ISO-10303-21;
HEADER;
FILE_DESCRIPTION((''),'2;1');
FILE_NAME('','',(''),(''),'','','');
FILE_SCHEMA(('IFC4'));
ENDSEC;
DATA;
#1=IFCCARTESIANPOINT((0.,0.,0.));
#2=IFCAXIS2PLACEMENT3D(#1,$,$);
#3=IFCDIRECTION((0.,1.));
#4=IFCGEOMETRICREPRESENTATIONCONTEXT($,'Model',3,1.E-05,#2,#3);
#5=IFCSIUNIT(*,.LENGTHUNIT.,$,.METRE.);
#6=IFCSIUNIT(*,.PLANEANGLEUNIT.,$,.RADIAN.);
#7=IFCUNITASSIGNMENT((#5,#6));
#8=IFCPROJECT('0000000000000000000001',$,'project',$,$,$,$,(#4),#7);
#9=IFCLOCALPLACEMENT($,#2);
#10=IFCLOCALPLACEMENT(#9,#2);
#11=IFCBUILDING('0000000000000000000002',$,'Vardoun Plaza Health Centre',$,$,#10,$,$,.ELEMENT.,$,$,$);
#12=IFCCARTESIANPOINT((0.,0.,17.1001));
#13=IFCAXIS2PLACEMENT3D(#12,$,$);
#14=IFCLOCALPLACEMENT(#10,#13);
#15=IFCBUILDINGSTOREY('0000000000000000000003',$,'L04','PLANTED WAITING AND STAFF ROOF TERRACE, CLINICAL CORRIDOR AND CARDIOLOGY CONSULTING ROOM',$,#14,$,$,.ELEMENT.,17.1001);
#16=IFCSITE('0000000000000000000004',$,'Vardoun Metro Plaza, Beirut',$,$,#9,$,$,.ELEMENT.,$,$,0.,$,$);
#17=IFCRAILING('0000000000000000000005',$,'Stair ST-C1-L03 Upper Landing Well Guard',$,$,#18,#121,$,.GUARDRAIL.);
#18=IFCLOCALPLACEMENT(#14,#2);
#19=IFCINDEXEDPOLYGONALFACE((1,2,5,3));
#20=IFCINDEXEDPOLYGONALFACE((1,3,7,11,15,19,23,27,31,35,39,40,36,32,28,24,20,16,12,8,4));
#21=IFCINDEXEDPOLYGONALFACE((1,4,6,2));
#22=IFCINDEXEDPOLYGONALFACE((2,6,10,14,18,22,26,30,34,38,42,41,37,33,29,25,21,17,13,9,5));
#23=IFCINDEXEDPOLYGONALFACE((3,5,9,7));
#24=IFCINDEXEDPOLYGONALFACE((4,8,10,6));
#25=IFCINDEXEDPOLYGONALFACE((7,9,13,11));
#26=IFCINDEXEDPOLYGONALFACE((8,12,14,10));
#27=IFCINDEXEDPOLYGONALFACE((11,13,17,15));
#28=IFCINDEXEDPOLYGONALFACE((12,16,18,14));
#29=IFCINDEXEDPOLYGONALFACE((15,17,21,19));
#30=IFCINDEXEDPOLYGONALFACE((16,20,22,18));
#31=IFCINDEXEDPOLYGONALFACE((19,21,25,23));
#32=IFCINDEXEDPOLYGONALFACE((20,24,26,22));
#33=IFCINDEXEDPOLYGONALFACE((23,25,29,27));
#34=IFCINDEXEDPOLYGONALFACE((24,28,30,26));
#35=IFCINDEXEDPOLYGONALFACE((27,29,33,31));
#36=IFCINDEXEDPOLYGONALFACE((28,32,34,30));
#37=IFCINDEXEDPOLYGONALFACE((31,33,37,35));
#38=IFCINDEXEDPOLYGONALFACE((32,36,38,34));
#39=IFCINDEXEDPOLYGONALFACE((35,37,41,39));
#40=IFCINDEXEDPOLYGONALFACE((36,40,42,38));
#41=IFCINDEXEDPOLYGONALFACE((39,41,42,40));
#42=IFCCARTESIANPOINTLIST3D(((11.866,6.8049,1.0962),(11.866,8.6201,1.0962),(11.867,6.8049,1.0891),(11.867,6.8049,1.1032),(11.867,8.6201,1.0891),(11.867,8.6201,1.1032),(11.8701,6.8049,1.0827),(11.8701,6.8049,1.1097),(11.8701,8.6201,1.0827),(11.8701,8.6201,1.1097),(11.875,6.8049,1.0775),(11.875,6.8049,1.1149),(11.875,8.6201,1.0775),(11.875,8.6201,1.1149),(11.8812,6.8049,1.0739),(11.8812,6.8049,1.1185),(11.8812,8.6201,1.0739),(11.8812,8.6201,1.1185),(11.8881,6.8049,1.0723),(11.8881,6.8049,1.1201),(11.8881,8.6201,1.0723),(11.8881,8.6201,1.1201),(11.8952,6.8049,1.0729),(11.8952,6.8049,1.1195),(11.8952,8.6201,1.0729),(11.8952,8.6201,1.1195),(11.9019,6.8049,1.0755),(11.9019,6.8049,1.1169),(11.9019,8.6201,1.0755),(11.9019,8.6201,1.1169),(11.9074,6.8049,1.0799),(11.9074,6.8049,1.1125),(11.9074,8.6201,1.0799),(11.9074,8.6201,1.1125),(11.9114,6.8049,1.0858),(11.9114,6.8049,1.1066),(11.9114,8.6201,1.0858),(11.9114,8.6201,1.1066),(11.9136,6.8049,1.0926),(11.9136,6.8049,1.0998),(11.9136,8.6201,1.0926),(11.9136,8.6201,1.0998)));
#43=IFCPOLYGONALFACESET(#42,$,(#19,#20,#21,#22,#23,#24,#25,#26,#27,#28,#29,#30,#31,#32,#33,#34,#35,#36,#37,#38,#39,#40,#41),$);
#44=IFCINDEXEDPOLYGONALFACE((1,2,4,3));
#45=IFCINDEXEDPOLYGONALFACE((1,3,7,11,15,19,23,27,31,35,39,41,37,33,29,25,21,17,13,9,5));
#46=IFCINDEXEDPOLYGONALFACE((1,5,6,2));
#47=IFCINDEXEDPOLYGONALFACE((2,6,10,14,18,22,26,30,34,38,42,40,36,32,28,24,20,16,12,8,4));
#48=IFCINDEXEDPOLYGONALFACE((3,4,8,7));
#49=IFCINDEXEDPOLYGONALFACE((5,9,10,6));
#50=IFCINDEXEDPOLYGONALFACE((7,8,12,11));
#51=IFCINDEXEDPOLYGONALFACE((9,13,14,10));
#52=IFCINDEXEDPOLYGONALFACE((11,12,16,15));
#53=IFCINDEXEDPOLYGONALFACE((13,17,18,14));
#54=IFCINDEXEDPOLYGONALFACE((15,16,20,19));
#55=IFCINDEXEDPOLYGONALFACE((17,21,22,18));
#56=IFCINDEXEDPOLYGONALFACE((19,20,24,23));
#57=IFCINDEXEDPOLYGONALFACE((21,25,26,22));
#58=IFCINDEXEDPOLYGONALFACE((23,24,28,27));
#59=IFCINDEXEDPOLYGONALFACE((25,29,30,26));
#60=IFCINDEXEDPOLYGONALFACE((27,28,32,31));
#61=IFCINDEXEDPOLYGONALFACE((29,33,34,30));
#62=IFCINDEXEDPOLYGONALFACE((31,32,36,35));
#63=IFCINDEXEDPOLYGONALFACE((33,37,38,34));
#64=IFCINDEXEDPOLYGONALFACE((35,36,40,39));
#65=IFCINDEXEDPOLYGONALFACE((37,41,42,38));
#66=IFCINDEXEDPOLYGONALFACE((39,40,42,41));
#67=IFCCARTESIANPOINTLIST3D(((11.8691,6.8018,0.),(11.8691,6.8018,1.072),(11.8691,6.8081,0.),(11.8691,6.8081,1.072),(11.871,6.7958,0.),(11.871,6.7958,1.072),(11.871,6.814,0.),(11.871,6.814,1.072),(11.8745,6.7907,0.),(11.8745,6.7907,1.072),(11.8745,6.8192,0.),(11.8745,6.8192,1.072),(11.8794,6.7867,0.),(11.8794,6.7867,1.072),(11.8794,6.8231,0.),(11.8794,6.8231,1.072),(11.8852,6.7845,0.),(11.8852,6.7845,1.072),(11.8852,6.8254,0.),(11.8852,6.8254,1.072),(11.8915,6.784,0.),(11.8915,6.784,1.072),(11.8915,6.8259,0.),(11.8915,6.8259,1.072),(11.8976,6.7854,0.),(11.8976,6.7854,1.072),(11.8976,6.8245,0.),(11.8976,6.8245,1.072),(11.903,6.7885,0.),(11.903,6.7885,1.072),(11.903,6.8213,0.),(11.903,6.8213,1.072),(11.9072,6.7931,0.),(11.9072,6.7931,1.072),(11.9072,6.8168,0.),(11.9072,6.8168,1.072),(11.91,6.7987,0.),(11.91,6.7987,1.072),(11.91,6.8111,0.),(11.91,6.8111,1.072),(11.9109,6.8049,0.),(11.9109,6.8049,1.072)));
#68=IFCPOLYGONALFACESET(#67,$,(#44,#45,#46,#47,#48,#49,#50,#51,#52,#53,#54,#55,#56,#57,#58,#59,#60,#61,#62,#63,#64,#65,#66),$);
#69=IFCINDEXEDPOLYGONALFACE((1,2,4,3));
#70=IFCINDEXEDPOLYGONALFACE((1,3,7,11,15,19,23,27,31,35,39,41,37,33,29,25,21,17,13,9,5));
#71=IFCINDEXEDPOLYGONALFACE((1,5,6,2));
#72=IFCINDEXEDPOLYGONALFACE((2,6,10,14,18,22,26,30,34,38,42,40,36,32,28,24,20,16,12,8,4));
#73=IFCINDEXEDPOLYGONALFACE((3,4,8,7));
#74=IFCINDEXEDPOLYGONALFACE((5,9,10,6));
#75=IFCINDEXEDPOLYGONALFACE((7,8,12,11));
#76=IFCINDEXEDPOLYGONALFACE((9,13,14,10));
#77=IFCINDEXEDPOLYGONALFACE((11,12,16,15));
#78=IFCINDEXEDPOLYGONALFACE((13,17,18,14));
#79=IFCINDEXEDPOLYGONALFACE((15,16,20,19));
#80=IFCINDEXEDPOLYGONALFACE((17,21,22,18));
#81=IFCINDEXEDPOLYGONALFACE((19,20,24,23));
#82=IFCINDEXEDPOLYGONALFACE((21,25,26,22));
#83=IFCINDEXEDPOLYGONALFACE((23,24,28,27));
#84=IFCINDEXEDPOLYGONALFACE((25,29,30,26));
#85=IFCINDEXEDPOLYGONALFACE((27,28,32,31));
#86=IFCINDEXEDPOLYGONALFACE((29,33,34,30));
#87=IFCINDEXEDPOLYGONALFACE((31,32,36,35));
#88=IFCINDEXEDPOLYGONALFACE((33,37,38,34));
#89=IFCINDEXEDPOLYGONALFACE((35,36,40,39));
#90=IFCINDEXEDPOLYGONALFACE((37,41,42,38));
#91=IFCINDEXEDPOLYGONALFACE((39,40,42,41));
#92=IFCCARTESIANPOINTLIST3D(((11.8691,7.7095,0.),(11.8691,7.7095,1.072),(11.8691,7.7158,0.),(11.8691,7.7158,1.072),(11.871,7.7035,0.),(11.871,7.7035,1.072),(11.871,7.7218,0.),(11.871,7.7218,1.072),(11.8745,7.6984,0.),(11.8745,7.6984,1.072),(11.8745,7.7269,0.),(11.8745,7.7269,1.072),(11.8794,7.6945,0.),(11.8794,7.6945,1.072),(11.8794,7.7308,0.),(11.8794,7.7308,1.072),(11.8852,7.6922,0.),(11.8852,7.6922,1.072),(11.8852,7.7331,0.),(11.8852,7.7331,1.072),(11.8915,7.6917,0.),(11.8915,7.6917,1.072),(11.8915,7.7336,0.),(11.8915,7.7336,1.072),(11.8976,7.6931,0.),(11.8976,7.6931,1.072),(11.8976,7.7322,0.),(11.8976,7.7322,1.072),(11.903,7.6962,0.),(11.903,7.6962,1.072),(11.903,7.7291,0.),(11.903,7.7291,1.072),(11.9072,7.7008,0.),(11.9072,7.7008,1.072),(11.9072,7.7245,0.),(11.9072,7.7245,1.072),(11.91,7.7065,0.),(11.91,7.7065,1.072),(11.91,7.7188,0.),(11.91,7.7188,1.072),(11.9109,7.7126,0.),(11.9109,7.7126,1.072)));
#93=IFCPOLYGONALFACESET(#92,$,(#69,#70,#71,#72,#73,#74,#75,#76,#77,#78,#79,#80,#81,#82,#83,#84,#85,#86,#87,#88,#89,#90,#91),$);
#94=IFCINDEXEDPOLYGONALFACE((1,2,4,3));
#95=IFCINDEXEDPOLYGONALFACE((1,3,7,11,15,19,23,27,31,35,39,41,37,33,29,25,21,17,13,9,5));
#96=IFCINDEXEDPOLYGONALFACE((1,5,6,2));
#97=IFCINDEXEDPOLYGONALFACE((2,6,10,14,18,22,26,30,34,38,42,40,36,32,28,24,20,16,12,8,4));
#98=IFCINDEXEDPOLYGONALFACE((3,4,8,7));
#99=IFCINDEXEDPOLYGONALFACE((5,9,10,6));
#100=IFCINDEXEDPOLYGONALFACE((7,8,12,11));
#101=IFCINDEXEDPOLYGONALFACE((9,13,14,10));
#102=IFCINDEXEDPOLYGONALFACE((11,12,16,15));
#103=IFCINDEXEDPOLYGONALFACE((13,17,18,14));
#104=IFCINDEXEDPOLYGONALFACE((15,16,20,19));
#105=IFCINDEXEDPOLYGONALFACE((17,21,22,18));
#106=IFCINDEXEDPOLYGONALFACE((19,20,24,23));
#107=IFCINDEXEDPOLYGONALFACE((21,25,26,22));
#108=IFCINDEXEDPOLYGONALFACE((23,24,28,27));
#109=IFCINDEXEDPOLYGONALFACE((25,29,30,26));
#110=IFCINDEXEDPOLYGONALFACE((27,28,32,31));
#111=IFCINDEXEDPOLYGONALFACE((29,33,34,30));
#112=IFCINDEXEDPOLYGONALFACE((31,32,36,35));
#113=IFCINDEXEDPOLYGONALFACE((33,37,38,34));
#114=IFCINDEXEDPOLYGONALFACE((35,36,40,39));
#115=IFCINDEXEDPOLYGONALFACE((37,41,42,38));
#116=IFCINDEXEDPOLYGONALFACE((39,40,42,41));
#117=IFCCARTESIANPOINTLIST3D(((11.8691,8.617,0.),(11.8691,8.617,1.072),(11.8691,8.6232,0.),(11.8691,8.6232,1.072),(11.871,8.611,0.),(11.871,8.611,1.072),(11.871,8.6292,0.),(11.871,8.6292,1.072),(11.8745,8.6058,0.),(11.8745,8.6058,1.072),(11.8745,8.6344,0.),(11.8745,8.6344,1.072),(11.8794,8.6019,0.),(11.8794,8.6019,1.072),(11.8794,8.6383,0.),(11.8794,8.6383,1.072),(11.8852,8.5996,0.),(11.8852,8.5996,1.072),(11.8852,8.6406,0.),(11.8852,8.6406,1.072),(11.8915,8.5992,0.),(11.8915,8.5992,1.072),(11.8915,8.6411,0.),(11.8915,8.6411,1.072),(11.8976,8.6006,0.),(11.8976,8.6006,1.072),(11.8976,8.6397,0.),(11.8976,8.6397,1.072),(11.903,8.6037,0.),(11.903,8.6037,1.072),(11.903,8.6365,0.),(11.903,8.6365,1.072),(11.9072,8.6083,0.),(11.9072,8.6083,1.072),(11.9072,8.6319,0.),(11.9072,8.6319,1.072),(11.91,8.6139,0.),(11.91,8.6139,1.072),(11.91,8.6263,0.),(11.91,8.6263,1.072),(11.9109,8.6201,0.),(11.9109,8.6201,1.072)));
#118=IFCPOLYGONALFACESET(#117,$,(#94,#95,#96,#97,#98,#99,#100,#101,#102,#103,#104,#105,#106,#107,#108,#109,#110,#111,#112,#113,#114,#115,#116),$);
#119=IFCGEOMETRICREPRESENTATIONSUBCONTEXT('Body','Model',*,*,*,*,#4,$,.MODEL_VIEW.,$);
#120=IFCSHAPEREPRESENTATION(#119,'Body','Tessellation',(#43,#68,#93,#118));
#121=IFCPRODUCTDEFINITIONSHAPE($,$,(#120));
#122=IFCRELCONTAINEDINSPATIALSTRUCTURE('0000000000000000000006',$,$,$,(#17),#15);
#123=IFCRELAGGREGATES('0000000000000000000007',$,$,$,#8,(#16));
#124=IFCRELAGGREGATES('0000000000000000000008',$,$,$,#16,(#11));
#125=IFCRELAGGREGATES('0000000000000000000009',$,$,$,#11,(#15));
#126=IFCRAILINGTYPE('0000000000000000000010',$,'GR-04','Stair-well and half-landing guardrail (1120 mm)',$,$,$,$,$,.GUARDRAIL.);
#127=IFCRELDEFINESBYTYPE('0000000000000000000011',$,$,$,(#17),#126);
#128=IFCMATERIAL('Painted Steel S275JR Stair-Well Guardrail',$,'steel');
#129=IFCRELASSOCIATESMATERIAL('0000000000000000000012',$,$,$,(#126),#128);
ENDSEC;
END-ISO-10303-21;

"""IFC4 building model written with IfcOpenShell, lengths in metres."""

from ifc_helpers import new_model, si_unit, direction, frame, origin, origin_2d, place, context, subcontext, project, spatial, circle, extrude, material, type_object, element, save


model = new_model("IFC4")

# Units and contexts
model_context = context("Model", 3, precision=1e-05, world=origin(), true_north=direction((0.0, 1.0)))
body_context = subcontext(model_context, "Body", "Model", "MODEL_VIEW")
ifc_project = project(units=[si_unit("LENGTHUNIT", "METRE"), si_unit("PLANEANGLEUNIT", "RADIAN")], contexts=[model_context])

# Site, building, storey
site_placement = place(None, origin())
site = spatial("IfcSite", under=ifc_project, at=site_placement, Name="Vardoun Metro Plaza, Beirut", CompositionType="ELEMENT", RefElevation=0.0)
building_placement = place(site_placement, origin())
building = spatial("IfcBuilding", under=site, at=building_placement, Name="Vardoun Plaza Health Centre", CompositionType="ELEMENT")
storey_placement = place(building_placement, frame((0.0, 0.0, 17.1001)))
storey = spatial("IfcBuildingStorey", under=building, at=storey_placement, Name="L04", Description="PLANTED WAITING AND STAFF ROOF TERRACE, CLINICAL CORRIDOR AND CARDIOLOGY CONSULTING ROOM", CompositionType="ELEMENT", Elevation=17.1001)

# Railing
ifc_material_1 = material(Name="Painted Steel S275JR Stair-Well Guardrail", Category="steel")
railing_type_1 = type_object("IfcRailingType", Name="GR-04", Description="Stair-well and half-landing guardrail (1120 mm)", PredefinedType="GUARDRAIL", material=ifc_material_1)
railing_1_placement = place(storey_placement, frame((11.8899, 6.8049, 0.0)))
element("IfcRailing", 1, at=railing_1_placement, inside=storey, type_object=railing_type_1, Name="Stair ST-C1-L03 Upper Landing Well Guard", PredefinedType="GUARDRAIL", context=body_context, shape_type="SweptSolid", body=[
    extrude(circle(Radius=0.0239, at=origin_2d()), frame((0.0, 0.0, 1.0962), z_axis=(0.0, 1.0, 0.0), x_axis=(-1.0, 0.0, 0.0)), (0.0, 0.0, 1.0), 1.8152),
    extrude(circle(Radius=0.021, at=origin_2d()), origin(), (0.0, 0.0, 1.0), 1.072),
    extrude(circle(Radius=0.021, at=origin_2d()), frame((0.0, 0.9077, 0.0)), (0.0, 0.0, 1.0), 1.072),
    extrude(circle(Radius=0.021, at=origin_2d()), frame((0.0, 1.8152, 0.0)), (0.0, 0.0, 1.0), 1.072),
])

save(model, "model.ifc")
